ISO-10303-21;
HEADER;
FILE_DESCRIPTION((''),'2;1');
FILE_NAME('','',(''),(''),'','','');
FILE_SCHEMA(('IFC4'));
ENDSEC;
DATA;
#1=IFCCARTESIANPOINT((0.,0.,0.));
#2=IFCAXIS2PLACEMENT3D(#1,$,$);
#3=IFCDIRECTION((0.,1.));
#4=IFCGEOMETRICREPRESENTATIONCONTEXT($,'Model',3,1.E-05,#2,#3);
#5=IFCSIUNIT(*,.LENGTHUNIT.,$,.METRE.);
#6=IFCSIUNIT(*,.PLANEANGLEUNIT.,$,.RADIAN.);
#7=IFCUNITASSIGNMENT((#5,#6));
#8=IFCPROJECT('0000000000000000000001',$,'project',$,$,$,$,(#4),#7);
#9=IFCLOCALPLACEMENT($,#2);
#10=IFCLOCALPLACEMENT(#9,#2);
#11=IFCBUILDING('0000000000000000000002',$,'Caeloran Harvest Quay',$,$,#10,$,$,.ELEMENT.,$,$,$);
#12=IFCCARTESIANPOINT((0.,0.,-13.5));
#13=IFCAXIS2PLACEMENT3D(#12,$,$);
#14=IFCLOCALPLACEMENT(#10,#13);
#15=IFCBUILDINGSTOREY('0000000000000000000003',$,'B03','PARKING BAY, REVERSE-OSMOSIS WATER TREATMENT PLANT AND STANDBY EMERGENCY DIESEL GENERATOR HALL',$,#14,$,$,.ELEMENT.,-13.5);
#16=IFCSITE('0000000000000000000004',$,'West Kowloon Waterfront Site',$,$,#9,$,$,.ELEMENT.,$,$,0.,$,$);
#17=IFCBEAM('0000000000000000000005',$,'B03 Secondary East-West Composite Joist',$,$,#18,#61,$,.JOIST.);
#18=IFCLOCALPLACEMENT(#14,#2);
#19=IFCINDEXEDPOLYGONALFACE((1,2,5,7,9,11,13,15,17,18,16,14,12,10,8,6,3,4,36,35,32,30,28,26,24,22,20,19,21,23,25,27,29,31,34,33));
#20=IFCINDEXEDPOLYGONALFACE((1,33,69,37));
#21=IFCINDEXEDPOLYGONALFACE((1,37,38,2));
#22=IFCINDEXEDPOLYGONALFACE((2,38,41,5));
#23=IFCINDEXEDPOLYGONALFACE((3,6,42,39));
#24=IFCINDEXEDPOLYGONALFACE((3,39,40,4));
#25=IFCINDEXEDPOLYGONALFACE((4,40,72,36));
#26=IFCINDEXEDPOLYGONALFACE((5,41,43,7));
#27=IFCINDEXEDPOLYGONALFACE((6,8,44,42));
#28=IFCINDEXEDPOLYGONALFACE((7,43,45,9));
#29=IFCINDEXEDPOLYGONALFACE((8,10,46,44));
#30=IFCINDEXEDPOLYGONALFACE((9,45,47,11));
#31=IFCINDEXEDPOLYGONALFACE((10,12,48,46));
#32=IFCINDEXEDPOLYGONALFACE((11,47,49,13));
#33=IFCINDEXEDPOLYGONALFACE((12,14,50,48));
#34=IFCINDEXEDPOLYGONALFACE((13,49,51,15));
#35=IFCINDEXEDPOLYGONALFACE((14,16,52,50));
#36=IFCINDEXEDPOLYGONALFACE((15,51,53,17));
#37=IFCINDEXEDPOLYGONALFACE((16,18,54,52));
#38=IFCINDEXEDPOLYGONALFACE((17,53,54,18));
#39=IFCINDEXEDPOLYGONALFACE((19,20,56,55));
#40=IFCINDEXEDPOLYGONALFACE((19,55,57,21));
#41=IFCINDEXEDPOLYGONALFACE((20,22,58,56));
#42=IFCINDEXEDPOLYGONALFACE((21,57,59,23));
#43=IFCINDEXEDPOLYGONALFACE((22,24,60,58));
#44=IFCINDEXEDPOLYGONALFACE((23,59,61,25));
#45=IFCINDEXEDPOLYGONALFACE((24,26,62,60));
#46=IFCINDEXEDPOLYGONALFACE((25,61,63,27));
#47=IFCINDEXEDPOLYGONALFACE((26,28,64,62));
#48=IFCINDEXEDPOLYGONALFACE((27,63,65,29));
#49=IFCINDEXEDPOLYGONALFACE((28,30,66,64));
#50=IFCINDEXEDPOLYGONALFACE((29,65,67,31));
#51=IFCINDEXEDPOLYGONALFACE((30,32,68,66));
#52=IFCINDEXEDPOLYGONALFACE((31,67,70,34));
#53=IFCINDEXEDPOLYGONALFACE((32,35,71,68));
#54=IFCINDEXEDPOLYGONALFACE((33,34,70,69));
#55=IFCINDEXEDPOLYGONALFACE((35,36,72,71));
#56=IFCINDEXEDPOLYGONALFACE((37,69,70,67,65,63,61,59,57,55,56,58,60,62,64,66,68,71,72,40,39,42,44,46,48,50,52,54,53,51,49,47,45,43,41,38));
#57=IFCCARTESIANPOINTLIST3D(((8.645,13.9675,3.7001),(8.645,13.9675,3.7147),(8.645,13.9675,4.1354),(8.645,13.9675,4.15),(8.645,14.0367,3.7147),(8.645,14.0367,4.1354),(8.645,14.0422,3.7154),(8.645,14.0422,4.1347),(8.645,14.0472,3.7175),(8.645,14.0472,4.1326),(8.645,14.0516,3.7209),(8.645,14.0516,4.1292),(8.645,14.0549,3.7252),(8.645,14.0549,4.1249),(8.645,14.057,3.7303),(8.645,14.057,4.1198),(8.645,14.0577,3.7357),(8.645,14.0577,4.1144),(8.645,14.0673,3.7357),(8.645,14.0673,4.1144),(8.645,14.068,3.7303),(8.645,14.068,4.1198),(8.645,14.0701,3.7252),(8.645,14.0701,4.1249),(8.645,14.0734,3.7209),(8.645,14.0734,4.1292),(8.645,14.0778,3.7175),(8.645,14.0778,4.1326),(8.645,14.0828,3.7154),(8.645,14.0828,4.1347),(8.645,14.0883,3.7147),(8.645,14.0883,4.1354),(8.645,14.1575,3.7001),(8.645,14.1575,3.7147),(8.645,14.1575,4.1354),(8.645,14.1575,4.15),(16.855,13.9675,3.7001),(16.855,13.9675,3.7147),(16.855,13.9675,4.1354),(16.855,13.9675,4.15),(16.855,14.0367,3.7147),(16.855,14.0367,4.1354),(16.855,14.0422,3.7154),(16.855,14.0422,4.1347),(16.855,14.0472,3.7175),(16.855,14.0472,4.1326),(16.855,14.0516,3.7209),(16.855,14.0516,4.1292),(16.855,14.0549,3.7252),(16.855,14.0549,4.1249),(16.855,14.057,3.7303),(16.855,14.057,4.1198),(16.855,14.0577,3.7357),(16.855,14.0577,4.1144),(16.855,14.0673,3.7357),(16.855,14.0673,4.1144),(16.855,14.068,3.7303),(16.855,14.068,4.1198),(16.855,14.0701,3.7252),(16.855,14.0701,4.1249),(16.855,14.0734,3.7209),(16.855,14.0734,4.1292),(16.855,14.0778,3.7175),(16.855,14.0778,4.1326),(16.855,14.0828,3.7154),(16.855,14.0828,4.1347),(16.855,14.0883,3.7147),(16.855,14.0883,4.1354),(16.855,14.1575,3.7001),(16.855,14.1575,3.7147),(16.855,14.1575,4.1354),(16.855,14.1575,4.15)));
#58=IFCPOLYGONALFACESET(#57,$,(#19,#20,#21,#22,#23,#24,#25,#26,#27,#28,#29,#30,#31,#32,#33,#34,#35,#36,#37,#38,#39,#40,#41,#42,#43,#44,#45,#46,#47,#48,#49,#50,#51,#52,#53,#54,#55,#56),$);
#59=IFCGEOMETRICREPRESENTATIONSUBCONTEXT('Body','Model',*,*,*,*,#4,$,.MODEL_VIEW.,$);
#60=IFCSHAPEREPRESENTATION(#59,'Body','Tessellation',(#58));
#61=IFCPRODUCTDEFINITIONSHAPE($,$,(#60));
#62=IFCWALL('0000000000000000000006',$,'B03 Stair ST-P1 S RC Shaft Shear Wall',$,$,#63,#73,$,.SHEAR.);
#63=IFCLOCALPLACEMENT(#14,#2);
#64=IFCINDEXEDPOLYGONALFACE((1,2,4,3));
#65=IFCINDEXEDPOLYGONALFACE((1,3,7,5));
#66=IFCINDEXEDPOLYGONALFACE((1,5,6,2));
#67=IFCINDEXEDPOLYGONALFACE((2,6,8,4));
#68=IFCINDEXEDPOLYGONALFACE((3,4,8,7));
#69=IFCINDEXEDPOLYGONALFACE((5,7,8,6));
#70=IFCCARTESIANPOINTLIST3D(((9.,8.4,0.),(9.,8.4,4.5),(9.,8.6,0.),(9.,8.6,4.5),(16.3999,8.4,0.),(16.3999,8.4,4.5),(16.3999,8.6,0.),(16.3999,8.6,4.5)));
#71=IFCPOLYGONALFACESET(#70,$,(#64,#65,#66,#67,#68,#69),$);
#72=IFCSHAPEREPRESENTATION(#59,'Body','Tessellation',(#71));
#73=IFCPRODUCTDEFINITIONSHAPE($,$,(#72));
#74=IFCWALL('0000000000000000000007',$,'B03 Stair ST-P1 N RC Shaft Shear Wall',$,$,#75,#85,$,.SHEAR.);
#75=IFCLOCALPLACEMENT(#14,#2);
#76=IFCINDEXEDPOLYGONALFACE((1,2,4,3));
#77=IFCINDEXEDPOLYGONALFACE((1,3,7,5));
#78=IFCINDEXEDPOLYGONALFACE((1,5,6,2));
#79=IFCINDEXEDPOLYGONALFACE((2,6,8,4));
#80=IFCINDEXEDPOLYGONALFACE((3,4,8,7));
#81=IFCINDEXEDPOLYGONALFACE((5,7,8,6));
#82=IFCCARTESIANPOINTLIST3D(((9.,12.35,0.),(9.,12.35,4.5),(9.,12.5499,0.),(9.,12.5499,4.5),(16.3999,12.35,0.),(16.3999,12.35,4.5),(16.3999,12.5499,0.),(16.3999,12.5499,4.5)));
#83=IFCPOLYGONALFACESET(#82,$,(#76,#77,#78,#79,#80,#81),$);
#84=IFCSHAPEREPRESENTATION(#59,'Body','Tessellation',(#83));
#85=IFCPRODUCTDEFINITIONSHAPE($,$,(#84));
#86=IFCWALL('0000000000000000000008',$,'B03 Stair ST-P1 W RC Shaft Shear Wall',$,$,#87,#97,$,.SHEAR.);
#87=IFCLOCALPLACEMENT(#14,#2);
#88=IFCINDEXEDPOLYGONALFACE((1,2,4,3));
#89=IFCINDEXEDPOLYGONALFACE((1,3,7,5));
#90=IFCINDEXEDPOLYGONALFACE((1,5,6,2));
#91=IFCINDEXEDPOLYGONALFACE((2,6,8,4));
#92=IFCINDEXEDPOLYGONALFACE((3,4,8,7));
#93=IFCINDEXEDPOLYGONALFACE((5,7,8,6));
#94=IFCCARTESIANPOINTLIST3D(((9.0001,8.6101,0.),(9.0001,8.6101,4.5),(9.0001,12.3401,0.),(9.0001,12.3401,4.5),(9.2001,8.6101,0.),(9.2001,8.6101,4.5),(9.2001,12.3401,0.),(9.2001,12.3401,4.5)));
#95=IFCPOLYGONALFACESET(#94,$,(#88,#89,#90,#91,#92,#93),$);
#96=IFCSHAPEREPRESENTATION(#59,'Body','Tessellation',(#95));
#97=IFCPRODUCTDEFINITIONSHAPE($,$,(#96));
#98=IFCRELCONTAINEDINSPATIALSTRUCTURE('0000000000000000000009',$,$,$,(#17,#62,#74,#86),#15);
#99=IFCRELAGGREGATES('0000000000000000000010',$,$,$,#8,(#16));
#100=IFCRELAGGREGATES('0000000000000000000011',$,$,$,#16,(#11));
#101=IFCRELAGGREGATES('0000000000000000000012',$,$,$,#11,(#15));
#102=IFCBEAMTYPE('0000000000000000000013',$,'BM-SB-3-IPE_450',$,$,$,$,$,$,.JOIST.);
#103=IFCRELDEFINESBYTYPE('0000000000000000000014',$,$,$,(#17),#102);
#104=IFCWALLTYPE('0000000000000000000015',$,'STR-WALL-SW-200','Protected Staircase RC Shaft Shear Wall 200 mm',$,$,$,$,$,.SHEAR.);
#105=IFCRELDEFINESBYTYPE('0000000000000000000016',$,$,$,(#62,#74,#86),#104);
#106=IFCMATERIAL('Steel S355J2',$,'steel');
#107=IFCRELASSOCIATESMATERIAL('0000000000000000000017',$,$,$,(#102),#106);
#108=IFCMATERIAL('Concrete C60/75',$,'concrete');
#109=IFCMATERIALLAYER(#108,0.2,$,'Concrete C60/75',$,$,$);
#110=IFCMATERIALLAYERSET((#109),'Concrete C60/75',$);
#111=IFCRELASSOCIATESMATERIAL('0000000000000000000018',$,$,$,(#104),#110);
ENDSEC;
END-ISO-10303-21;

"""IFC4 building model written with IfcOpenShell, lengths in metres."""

from ifc_helpers import new_model, si_unit, direction, frame, frame_2d, origin, origin_2d, place, context, subcontext, project, spatial, rectangle, i_section, extrude, material, layer, layer_set, material_profile, profile_set, type_object, element, save


model = new_model("IFC4")

# Units and contexts
model_context = context("Model", 3, precision=1e-05, world=origin(), true_north=direction((0.0, 1.0)))
body_context = subcontext(model_context, "Body", "Model", "MODEL_VIEW")
ifc_project = project(units=[si_unit("LENGTHUNIT", "METRE"), si_unit("PLANEANGLEUNIT", "RADIAN")], contexts=[model_context])

# Site, building, storey
site_placement = place(None, origin())
site = spatial("IfcSite", under=ifc_project, at=site_placement, Name="West Kowloon Waterfront Site", CompositionType="ELEMENT", RefElevation=0.0)
building_placement = place(site_placement, origin())
building = spatial("IfcBuilding", under=site, at=building_placement, Name="Caeloran Harvest Quay", CompositionType="ELEMENT")
storey_placement = place(building_placement, frame((0.0, 0.0, -13.5)))
storey = spatial("IfcBuildingStorey", under=building, at=storey_placement, Name="B03", Description="PARKING BAY, REVERSE-OSMOSIS WATER TREATMENT PLANT AND STANDBY EMERGENCY DIESEL GENERATOR HALL", CompositionType="ELEMENT", Elevation=-13.5)

# Beam
ifc_material_1 = material(Name="Steel S355J2", Category="steel")
ifc_material_profile_1 = material_profile(ifc_material_1, i_section(OverallWidth=0.1899, OverallDepth=0.45, WebThickness=0.0095, FlangeThickness=0.0146, FilletRadius=0.021, at=origin_2d()), Name="IPE 450")
ifc_profile_set_1 = profile_set([ifc_material_profile_1], Name="Steel S355J2")
beam_type_1 = type_object("IfcBeamType", Name="BM-SB-3-IPE_450", PredefinedType="JOIST", material=ifc_profile_set_1)
for number, where, z_axis, x_axis, name in (
    (1, (8.645, 14.0625, 3.925), (1.0, 0.0, 0.0), (0.0, 1.0, 0.0), "B03 Secondary East-West Composite Joist"),
):
    element("IfcBeam", number, at=place(storey_placement, frame(where, z_axis=z_axis, x_axis=x_axis)), inside=storey, type_object=beam_type_1, Name=name, PredefinedType="JOIST", context=body_context, shape_type="SweptSolid", body=[
        extrude(i_section(OverallWidth=0.1899, OverallDepth=0.45, WebThickness=0.0095, FlangeThickness=0.0146, FilletRadius=0.021, at=origin_2d()), origin(), (0.0, 0.0, 1.0), 8.21),
    ])

# Walls
ifc_material_2 = material(Name="Concrete C60/75", Category="concrete")
ifc_layer = layer(ifc_material_2, 0.2, Name="Concrete C60/75")
ifc_layer_set = layer_set([ifc_layer], Name="Concrete C60/75")
wall_type = type_object("IfcWallType", Name="STR-WALL-SW-200", Description="Protected Staircase RC Shaft Shear Wall 200 mm", PredefinedType="SHEAR", material=ifc_layer_set)
for number, where, z_axis, x_axis, name in (
    (2, (9.0, 8.5, 0.0), (0.0, 0.0, 1.0), (1.0, 0.0, 0.0), "B03 Stair ST-P1 S RC Shaft Shear Wall"),
    (3, (9.0, 12.45, 0.0), (0.0, 0.0, 1.0), (1.0, 0.0, 0.0), "B03 Stair ST-P1 N RC Shaft Shear Wall"),
):
    element("IfcWall", number, at=place(storey_placement, frame(where, z_axis=z_axis, x_axis=x_axis)), inside=storey, type_object=wall_type, Name=name, PredefinedType="SHEAR", context=body_context, shape_type="SweptSolid", body=[
        extrude(rectangle(XDim=7.3999, YDim=0.2, at=frame_2d((3.7, 0.0))), origin(), (0.0, 0.0, 1.0), 4.5),
    ])
wall_placement = place(storey_placement, frame((9.1001, 8.6101, 0.0), z_axis=(0.0, 0.0, 1.0), x_axis=(0.0, 1.0, 0.0)))
element("IfcWall", 4, at=wall_placement, inside=storey, type_object=wall_type, Name="B03 Stair ST-P1 W RC Shaft Shear Wall", PredefinedType="SHEAR", context=body_context, shape_type="SweptSolid", body=[
    extrude(rectangle(XDim=3.73, YDim=0.2, at=frame_2d((1.865, 0.0))), origin(), (0.0, 0.0, 1.0), 4.5),
])

save(model, "model.ifc")
